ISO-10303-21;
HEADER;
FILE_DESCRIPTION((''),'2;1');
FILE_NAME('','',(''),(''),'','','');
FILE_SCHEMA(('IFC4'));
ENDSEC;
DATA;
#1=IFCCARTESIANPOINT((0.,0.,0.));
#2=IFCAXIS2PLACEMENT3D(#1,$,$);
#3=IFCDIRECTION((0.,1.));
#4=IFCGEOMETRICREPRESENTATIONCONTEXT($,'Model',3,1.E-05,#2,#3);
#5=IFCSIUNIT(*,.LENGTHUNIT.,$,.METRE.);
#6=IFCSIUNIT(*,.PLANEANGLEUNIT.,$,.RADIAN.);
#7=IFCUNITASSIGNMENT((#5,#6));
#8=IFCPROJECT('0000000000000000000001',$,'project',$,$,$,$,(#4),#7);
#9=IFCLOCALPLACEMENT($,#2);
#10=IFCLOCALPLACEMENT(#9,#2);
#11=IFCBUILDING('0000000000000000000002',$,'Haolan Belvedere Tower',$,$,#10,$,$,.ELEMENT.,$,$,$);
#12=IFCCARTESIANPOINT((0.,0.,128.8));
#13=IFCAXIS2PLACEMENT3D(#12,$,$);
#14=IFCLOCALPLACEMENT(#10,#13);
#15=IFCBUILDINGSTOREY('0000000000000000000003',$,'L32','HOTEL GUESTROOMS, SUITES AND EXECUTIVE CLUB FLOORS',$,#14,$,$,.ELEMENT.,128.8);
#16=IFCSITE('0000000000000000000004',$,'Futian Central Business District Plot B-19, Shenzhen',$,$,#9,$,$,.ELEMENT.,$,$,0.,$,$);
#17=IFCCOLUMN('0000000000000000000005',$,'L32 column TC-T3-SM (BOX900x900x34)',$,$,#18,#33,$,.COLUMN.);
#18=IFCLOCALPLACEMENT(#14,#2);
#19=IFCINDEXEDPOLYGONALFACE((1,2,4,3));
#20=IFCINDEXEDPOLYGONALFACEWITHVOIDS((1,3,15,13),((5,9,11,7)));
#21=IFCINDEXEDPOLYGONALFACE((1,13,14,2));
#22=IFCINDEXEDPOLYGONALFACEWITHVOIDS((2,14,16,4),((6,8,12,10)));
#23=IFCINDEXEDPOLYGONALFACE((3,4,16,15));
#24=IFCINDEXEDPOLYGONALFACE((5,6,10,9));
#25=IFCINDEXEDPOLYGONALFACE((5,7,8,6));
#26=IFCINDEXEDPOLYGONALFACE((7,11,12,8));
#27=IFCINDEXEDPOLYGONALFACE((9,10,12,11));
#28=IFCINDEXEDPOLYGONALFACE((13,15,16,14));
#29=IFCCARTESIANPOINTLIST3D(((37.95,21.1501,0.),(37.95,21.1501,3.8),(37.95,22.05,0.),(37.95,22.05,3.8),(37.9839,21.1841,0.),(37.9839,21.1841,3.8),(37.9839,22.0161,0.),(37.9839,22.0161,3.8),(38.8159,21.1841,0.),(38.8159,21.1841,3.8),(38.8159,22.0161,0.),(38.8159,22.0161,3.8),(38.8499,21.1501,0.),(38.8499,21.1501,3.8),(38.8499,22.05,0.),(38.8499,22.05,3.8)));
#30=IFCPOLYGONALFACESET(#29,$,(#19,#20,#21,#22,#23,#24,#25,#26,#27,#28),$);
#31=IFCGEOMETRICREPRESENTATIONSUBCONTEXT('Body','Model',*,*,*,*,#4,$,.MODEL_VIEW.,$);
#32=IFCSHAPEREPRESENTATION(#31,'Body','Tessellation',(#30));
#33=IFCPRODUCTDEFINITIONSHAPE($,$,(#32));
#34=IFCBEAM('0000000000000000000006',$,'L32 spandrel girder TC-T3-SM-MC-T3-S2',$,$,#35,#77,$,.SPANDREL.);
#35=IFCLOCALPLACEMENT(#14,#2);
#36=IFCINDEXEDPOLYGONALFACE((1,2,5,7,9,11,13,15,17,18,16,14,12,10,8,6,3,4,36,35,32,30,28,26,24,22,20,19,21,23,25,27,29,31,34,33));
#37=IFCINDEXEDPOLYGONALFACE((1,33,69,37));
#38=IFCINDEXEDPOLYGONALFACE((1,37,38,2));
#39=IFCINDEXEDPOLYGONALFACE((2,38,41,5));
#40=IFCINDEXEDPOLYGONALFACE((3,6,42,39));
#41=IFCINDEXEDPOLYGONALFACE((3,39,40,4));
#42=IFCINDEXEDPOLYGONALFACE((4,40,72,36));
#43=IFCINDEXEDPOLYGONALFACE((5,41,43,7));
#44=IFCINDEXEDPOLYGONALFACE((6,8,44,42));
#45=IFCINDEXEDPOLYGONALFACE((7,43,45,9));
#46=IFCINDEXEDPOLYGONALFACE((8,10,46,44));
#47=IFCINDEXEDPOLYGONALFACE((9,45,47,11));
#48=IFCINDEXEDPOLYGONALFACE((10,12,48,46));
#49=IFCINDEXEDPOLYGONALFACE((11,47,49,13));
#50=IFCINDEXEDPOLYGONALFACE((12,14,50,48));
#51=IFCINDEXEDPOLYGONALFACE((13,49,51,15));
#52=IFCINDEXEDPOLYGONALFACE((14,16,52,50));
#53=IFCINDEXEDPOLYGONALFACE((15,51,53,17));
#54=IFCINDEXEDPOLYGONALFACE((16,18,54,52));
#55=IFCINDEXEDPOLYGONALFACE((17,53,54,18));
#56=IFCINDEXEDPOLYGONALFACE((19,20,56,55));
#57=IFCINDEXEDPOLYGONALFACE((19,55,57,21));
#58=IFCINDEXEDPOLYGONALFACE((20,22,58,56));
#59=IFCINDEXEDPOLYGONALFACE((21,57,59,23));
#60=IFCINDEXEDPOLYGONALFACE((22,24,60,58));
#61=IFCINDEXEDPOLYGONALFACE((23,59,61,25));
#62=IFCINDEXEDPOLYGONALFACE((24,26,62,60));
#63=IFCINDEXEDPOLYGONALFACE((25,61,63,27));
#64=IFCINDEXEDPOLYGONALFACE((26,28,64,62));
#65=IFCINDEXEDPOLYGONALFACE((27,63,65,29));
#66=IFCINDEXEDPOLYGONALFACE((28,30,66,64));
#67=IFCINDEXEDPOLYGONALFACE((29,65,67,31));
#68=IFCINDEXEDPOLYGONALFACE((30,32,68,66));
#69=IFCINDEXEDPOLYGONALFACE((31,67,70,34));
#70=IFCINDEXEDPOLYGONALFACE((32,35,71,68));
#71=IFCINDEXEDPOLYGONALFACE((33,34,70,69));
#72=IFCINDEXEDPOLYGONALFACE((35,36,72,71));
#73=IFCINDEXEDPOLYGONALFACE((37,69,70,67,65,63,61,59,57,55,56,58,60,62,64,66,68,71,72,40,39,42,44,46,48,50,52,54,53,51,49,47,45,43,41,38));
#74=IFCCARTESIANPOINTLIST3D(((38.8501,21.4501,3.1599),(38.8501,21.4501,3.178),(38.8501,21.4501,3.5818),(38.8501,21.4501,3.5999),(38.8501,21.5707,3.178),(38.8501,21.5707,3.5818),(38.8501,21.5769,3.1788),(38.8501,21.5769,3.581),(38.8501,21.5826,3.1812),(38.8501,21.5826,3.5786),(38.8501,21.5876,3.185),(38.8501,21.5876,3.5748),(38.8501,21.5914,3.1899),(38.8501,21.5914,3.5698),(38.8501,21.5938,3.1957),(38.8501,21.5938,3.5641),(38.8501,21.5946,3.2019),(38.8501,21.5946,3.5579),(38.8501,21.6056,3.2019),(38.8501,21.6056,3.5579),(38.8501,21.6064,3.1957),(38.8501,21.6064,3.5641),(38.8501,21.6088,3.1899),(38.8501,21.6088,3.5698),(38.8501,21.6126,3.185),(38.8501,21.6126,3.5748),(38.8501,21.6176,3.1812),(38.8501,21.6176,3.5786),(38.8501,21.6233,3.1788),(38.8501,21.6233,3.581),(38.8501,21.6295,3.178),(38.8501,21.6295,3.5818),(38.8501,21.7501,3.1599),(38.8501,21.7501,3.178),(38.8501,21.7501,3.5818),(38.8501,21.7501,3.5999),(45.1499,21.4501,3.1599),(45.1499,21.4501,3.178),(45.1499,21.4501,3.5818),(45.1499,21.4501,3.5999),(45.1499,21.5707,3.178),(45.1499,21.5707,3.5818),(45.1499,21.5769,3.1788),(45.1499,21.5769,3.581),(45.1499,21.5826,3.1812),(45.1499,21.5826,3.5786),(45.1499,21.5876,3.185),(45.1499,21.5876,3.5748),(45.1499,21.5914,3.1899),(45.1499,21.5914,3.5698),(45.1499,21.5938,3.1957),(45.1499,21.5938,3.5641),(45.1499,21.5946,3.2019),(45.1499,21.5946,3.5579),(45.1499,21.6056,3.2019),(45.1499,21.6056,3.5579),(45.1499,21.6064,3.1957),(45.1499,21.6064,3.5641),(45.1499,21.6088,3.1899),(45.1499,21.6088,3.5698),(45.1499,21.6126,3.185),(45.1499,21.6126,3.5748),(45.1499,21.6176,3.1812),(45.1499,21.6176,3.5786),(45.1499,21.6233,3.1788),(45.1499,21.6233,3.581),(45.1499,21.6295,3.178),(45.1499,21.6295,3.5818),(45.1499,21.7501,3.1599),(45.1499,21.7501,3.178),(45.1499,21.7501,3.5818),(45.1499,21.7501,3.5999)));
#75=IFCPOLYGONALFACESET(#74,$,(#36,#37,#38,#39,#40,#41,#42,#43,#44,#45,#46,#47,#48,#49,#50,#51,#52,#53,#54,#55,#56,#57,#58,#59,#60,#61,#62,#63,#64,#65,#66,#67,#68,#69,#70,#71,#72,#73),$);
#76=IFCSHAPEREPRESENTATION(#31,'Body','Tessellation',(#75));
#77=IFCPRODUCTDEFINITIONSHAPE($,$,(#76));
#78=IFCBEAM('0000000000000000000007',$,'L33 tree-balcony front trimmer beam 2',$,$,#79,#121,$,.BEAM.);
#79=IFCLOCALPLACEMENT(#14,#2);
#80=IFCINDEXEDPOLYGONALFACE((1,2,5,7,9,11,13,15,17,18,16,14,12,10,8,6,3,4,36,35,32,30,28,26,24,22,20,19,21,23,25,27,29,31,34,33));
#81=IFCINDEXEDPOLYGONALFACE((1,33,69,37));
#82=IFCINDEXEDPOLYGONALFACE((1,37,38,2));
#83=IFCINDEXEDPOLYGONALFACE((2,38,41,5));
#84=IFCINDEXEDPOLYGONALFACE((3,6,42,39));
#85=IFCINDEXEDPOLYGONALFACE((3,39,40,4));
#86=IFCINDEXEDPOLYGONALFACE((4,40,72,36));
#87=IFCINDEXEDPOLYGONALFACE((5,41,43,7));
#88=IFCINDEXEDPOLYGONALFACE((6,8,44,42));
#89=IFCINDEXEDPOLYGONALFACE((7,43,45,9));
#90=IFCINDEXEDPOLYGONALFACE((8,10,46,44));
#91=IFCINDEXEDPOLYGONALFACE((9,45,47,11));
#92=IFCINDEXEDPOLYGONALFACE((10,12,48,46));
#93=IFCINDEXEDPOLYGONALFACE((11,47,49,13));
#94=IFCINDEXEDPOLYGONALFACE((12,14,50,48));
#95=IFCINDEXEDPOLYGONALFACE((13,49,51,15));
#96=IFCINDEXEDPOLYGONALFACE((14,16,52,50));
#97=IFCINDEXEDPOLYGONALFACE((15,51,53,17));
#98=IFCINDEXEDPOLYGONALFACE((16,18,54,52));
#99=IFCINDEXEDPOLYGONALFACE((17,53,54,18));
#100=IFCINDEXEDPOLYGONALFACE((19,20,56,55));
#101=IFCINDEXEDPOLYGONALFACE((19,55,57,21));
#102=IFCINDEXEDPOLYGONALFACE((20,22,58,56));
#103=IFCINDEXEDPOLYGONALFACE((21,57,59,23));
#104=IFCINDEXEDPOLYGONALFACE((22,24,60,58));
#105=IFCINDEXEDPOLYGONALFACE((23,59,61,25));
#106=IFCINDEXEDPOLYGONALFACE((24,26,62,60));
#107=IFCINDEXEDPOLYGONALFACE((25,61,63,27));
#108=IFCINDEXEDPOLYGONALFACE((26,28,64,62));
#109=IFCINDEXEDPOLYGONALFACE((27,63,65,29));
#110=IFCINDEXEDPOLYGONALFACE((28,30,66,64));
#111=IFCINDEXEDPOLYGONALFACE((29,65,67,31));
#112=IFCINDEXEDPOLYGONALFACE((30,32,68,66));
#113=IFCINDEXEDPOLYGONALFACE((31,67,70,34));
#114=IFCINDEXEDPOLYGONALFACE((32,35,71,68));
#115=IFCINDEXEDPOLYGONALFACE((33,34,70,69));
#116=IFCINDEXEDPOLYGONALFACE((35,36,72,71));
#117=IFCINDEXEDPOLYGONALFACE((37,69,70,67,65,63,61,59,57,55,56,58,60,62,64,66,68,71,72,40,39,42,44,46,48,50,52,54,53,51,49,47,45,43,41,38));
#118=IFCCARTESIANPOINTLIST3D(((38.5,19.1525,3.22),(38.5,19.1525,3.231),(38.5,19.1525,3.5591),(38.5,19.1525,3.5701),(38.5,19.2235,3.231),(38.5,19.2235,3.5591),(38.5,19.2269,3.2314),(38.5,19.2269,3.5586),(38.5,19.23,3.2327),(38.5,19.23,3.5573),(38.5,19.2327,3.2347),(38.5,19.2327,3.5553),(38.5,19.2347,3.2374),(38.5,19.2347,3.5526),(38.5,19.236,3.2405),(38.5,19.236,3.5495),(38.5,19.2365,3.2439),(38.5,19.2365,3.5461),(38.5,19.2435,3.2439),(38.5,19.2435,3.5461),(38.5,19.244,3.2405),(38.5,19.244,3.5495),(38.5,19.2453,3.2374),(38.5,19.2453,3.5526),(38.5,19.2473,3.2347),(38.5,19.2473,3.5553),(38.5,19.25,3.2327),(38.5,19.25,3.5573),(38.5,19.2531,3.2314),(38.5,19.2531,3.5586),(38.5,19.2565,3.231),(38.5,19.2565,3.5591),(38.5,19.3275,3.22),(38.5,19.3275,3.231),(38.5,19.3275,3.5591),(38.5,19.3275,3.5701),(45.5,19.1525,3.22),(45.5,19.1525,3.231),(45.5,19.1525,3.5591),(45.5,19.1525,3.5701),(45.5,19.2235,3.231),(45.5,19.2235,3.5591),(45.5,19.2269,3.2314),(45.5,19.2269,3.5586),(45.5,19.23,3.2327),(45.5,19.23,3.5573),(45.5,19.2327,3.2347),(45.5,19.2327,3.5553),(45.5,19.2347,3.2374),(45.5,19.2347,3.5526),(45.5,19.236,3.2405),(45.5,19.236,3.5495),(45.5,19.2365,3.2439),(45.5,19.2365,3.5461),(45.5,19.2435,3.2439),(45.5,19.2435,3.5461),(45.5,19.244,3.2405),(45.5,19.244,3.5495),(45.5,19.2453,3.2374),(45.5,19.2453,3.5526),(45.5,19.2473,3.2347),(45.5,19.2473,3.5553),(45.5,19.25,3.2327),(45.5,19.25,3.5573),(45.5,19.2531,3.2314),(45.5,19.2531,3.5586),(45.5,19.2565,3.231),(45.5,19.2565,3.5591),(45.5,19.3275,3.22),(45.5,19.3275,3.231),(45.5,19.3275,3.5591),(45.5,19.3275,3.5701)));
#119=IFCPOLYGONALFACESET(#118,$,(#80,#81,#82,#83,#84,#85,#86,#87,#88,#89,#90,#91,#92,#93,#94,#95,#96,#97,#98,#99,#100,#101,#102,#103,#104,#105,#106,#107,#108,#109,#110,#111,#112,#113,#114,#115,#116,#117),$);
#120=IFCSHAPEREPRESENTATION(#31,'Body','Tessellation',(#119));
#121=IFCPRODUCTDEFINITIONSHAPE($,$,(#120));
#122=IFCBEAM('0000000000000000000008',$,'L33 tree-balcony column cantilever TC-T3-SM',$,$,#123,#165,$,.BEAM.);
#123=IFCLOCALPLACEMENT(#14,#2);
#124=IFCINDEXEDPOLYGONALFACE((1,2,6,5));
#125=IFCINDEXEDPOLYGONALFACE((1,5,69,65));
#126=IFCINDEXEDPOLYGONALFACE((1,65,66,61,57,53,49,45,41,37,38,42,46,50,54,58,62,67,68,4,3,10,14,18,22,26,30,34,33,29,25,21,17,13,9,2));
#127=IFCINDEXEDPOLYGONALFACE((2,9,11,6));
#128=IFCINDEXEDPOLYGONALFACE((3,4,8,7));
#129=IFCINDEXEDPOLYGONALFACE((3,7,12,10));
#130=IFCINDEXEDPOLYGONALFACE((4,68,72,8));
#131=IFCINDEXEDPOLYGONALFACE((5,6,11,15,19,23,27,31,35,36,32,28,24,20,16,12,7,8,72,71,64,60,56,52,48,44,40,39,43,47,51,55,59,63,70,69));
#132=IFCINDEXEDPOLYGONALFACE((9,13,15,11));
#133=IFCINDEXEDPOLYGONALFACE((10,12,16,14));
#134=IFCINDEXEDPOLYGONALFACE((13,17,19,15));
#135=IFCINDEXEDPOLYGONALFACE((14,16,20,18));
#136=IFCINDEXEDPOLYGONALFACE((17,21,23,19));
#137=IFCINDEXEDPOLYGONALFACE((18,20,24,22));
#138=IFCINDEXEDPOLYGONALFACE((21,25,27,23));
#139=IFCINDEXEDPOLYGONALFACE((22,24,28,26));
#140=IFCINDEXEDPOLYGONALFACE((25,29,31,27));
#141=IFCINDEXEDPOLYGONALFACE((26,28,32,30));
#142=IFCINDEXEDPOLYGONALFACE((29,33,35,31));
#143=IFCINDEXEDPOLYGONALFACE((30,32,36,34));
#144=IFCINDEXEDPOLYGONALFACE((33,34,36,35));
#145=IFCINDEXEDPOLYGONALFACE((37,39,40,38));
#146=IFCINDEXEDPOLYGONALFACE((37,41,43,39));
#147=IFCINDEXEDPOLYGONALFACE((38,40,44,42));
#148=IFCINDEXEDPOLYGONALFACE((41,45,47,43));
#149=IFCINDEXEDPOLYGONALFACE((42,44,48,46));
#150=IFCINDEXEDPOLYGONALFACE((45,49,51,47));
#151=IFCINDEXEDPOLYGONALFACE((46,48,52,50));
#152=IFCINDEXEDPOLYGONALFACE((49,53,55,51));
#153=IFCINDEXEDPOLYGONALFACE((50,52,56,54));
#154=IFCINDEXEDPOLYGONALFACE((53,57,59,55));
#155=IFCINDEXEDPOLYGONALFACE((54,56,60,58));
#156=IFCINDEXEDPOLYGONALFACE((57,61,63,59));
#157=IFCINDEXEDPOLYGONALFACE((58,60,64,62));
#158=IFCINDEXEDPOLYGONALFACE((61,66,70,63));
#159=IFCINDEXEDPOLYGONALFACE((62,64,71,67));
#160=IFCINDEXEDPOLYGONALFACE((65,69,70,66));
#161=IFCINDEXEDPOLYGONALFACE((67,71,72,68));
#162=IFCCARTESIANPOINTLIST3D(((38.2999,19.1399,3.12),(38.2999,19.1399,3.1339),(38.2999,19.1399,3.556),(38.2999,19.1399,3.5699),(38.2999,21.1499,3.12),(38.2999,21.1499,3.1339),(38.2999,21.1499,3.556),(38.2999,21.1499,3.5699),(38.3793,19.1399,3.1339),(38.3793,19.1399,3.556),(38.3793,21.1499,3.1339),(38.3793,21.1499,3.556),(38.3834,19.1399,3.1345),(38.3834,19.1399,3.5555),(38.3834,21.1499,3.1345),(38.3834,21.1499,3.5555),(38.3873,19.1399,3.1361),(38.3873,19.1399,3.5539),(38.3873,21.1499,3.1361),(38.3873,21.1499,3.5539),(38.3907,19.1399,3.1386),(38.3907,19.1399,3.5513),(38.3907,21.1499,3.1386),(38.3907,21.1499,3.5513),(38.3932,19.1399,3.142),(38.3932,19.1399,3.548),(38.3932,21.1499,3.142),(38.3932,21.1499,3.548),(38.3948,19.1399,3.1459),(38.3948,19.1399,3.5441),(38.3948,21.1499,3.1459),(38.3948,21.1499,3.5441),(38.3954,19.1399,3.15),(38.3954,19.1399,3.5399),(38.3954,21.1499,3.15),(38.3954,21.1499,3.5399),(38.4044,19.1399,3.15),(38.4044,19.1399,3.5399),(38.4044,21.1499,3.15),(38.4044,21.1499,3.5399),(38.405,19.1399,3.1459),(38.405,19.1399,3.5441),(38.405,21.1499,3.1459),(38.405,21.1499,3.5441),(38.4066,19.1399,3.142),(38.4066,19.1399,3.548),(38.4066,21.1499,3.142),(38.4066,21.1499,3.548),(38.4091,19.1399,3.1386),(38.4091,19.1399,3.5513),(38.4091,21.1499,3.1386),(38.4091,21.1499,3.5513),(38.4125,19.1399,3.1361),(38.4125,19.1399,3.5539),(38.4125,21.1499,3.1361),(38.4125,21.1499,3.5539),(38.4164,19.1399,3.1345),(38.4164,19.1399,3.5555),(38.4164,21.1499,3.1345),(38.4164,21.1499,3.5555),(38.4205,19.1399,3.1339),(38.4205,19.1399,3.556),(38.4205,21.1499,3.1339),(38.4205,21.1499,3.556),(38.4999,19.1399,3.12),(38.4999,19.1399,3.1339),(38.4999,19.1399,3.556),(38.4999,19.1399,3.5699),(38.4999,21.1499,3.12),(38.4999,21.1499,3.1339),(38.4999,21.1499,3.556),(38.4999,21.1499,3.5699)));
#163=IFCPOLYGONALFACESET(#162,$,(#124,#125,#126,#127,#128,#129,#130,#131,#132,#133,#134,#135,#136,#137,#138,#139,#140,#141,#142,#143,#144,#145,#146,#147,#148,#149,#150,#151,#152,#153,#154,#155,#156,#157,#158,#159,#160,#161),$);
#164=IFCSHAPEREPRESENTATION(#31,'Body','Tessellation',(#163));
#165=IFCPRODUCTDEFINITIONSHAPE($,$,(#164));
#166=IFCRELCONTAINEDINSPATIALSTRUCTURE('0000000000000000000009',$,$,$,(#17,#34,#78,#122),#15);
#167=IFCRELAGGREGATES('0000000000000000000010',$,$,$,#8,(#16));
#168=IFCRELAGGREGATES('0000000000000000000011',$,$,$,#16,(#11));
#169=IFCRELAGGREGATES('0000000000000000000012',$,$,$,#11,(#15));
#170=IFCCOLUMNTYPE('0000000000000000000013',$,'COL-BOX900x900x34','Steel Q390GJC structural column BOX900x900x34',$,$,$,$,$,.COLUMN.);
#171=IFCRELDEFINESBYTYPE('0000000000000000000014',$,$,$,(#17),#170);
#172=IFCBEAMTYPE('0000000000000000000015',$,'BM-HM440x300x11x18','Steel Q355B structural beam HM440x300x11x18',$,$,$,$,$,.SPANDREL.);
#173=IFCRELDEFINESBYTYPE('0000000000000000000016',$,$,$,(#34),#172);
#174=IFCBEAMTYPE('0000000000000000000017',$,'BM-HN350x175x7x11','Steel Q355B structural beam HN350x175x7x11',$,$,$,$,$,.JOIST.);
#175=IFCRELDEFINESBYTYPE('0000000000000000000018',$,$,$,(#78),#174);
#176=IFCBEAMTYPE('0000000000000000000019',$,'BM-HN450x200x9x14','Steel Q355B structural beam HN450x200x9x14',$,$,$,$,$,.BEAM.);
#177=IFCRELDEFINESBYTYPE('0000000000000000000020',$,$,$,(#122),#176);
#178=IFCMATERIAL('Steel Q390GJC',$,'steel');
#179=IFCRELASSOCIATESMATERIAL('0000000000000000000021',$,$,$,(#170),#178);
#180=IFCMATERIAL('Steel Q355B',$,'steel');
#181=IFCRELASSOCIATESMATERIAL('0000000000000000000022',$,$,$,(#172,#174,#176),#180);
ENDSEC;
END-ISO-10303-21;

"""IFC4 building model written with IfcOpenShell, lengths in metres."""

from ifc_helpers import new_model, si_unit, direction, frame, origin, origin_2d, place, context, subcontext, project, spatial, hollow_rectangle, i_section, extrude, material, material_profile, profile_set, type_object, element, save


model = new_model("IFC4")

# Units and contexts
model_context = context("Model", 3, precision=1e-05, world=origin(), true_north=direction((0.0, 1.0)))
body_context = subcontext(model_context, "Body", "Model", "MODEL_VIEW")
ifc_project = project(units=[si_unit("LENGTHUNIT", "METRE"), si_unit("PLANEANGLEUNIT", "RADIAN")], contexts=[model_context])

# Site, building, storey
site_placement = place(None, origin())
site = spatial("IfcSite", under=ifc_project, at=site_placement, Name="Futian Central Business District Plot B-19, Shenzhen", CompositionType="ELEMENT", RefElevation=0.0)
building_placement = place(site_placement, origin())
building = spatial("IfcBuilding", under=site, at=building_placement, Name="Haolan Belvedere Tower", CompositionType="ELEMENT")
storey_placement = place(building_placement, frame((0.0, 0.0, 128.8)))
storey = spatial("IfcBuildingStorey", under=building, at=storey_placement, Name="L32", Description="HOTEL GUESTROOMS, SUITES AND EXECUTIVE CLUB FLOORS", CompositionType="ELEMENT", Elevation=128.8)

# Column
ifc_material_1 = material(Name="Steel Q390GJC", Category="steel")
ifc_material_profile_1 = material_profile(ifc_material_1, hollow_rectangle(XDim=0.8999, YDim=0.8999, WallThickness=0.0339, at=origin_2d()), Name="Steel Q390GJC")
ifc_profile_set_1 = profile_set([ifc_material_profile_1], Name="Steel Q390GJC")
column_type = type_object("IfcColumnType", Name="COL-BOX900x900x34", Description="Steel Q390GJC structural column BOX900x900x34", PredefinedType="COLUMN", material=ifc_profile_set_1)
column_placement = place(storey_placement, frame((38.3999, 21.6001, 0.0), z_axis=(0.0, 0.0, 1.0), x_axis=(1.0, 0.0, 0.0)))
element("IfcColumn", 1, at=column_placement, inside=storey, type_object=column_type, Name="L32 column TC-T3-SM (BOX900x900x34)", PredefinedType="COLUMN", context=body_context, shape_type="SweptSolid", body=[
    extrude(hollow_rectangle(XDim=0.8999, YDim=0.8999, WallThickness=0.0339, at=origin_2d()), origin(), (0.0, 0.0, 1.0), 3.8),
])

# Beams
ifc_material_2 = material(Name="Steel Q355B", Category="steel")
ifc_material_profile_2 = material_profile(ifc_material_2, i_section(OverallWidth=0.3, OverallDepth=0.4399, WebThickness=0.011, FlangeThickness=0.0181, FilletRadius=0.0239, at=origin_2d()), Name="Steel Q355B")
ifc_profile_set_2 = profile_set([ifc_material_profile_2], Name="Steel Q355B")
beam_type_1 = type_object("IfcBeamType", Name="BM-HM440x300x11x18", Description="Steel Q355B structural beam HM440x300x11x18", PredefinedType="SPANDREL", material=ifc_profile_set_2)
beam_1_placement = place(storey_placement, frame((38.8501, 21.6001, 3.3799), z_axis=(1.0, 0.0, 0.0), x_axis=(0.0, 1.0, 0.0)))
element("IfcBeam", 2, at=beam_1_placement, inside=storey, type_object=beam_type_1, Name="L32 spandrel girder TC-T3-SM-MC-T3-S2", PredefinedType="SPANDREL", context=body_context, shape_type="SweptSolid", body=[
    extrude(i_section(OverallWidth=0.3, OverallDepth=0.4399, WebThickness=0.011, FlangeThickness=0.0181, FilletRadius=0.0239, at=origin_2d()), origin(), (0.0, 0.0, 1.0), 6.2998),
])
ifc_material_profile_3 = material_profile(ifc_material_2, i_section(OverallWidth=0.175, OverallDepth=0.3501, WebThickness=0.0071, FlangeThickness=0.011, FilletRadius=0.0129, at=origin_2d()), Name="Steel Q355B")
ifc_profile_set_3 = profile_set([ifc_material_profile_3], Name="Steel Q355B")
beam_type_2 = type_object("IfcBeamType", Name="BM-HN350x175x7x11", Description="Steel Q355B structural beam HN350x175x7x11", PredefinedType="JOIST", material=ifc_profile_set_3)
beam_2_placement = place(storey_placement, frame((38.5, 19.24, 3.395), z_axis=(1.0, 0.0, 0.0), x_axis=(0.0, 1.0, 0.0)))
element("IfcBeam", 3, at=beam_2_placement, inside=storey, type_object=beam_type_2, Name="L33 tree-balcony front trimmer beam 2", PredefinedType="BEAM", context=body_context, shape_type="SweptSolid", body=[
    extrude(i_section(OverallWidth=0.175, OverallDepth=0.3501, WebThickness=0.0071, FlangeThickness=0.011, FilletRadius=0.0129, at=origin_2d()), origin(), (0.0, 0.0, 1.0), 7.0),
])
ifc_material_profile_4 = material_profile(ifc_material_2, i_section(OverallWidth=0.2, OverallDepth=0.45, WebThickness=0.009, FlangeThickness=0.0139, FilletRadius=0.0161, at=origin_2d()), Name="Steel Q355B")
ifc_profile_set_4 = profile_set([ifc_material_profile_4], Name="Steel Q355B")
beam_type_3 = type_object("IfcBeamType", Name="BM-HN450x200x9x14", Description="Steel Q355B structural beam HN450x200x9x14", PredefinedType="BEAM", material=ifc_profile_set_4)
beam_3_placement = place(storey_placement, frame((38.3999, 21.1499, 3.345), z_axis=(0.0, -1.0, 0.0), x_axis=(1.0, 0.0, 0.0)))
element("IfcBeam", 4, at=beam_3_placement, inside=storey, type_object=beam_type_3, Name="L33 tree-balcony column cantilever TC-T3-SM", PredefinedType="BEAM", context=body_context, shape_type="SweptSolid", body=[
    extrude(i_section(OverallWidth=0.2, OverallDepth=0.45, WebThickness=0.009, FlangeThickness=0.0139, FilletRadius=0.0161, at=origin_2d()), origin(), (0.0, 0.0, 1.0), 2.01),
])

save(model, "model.ifc")
